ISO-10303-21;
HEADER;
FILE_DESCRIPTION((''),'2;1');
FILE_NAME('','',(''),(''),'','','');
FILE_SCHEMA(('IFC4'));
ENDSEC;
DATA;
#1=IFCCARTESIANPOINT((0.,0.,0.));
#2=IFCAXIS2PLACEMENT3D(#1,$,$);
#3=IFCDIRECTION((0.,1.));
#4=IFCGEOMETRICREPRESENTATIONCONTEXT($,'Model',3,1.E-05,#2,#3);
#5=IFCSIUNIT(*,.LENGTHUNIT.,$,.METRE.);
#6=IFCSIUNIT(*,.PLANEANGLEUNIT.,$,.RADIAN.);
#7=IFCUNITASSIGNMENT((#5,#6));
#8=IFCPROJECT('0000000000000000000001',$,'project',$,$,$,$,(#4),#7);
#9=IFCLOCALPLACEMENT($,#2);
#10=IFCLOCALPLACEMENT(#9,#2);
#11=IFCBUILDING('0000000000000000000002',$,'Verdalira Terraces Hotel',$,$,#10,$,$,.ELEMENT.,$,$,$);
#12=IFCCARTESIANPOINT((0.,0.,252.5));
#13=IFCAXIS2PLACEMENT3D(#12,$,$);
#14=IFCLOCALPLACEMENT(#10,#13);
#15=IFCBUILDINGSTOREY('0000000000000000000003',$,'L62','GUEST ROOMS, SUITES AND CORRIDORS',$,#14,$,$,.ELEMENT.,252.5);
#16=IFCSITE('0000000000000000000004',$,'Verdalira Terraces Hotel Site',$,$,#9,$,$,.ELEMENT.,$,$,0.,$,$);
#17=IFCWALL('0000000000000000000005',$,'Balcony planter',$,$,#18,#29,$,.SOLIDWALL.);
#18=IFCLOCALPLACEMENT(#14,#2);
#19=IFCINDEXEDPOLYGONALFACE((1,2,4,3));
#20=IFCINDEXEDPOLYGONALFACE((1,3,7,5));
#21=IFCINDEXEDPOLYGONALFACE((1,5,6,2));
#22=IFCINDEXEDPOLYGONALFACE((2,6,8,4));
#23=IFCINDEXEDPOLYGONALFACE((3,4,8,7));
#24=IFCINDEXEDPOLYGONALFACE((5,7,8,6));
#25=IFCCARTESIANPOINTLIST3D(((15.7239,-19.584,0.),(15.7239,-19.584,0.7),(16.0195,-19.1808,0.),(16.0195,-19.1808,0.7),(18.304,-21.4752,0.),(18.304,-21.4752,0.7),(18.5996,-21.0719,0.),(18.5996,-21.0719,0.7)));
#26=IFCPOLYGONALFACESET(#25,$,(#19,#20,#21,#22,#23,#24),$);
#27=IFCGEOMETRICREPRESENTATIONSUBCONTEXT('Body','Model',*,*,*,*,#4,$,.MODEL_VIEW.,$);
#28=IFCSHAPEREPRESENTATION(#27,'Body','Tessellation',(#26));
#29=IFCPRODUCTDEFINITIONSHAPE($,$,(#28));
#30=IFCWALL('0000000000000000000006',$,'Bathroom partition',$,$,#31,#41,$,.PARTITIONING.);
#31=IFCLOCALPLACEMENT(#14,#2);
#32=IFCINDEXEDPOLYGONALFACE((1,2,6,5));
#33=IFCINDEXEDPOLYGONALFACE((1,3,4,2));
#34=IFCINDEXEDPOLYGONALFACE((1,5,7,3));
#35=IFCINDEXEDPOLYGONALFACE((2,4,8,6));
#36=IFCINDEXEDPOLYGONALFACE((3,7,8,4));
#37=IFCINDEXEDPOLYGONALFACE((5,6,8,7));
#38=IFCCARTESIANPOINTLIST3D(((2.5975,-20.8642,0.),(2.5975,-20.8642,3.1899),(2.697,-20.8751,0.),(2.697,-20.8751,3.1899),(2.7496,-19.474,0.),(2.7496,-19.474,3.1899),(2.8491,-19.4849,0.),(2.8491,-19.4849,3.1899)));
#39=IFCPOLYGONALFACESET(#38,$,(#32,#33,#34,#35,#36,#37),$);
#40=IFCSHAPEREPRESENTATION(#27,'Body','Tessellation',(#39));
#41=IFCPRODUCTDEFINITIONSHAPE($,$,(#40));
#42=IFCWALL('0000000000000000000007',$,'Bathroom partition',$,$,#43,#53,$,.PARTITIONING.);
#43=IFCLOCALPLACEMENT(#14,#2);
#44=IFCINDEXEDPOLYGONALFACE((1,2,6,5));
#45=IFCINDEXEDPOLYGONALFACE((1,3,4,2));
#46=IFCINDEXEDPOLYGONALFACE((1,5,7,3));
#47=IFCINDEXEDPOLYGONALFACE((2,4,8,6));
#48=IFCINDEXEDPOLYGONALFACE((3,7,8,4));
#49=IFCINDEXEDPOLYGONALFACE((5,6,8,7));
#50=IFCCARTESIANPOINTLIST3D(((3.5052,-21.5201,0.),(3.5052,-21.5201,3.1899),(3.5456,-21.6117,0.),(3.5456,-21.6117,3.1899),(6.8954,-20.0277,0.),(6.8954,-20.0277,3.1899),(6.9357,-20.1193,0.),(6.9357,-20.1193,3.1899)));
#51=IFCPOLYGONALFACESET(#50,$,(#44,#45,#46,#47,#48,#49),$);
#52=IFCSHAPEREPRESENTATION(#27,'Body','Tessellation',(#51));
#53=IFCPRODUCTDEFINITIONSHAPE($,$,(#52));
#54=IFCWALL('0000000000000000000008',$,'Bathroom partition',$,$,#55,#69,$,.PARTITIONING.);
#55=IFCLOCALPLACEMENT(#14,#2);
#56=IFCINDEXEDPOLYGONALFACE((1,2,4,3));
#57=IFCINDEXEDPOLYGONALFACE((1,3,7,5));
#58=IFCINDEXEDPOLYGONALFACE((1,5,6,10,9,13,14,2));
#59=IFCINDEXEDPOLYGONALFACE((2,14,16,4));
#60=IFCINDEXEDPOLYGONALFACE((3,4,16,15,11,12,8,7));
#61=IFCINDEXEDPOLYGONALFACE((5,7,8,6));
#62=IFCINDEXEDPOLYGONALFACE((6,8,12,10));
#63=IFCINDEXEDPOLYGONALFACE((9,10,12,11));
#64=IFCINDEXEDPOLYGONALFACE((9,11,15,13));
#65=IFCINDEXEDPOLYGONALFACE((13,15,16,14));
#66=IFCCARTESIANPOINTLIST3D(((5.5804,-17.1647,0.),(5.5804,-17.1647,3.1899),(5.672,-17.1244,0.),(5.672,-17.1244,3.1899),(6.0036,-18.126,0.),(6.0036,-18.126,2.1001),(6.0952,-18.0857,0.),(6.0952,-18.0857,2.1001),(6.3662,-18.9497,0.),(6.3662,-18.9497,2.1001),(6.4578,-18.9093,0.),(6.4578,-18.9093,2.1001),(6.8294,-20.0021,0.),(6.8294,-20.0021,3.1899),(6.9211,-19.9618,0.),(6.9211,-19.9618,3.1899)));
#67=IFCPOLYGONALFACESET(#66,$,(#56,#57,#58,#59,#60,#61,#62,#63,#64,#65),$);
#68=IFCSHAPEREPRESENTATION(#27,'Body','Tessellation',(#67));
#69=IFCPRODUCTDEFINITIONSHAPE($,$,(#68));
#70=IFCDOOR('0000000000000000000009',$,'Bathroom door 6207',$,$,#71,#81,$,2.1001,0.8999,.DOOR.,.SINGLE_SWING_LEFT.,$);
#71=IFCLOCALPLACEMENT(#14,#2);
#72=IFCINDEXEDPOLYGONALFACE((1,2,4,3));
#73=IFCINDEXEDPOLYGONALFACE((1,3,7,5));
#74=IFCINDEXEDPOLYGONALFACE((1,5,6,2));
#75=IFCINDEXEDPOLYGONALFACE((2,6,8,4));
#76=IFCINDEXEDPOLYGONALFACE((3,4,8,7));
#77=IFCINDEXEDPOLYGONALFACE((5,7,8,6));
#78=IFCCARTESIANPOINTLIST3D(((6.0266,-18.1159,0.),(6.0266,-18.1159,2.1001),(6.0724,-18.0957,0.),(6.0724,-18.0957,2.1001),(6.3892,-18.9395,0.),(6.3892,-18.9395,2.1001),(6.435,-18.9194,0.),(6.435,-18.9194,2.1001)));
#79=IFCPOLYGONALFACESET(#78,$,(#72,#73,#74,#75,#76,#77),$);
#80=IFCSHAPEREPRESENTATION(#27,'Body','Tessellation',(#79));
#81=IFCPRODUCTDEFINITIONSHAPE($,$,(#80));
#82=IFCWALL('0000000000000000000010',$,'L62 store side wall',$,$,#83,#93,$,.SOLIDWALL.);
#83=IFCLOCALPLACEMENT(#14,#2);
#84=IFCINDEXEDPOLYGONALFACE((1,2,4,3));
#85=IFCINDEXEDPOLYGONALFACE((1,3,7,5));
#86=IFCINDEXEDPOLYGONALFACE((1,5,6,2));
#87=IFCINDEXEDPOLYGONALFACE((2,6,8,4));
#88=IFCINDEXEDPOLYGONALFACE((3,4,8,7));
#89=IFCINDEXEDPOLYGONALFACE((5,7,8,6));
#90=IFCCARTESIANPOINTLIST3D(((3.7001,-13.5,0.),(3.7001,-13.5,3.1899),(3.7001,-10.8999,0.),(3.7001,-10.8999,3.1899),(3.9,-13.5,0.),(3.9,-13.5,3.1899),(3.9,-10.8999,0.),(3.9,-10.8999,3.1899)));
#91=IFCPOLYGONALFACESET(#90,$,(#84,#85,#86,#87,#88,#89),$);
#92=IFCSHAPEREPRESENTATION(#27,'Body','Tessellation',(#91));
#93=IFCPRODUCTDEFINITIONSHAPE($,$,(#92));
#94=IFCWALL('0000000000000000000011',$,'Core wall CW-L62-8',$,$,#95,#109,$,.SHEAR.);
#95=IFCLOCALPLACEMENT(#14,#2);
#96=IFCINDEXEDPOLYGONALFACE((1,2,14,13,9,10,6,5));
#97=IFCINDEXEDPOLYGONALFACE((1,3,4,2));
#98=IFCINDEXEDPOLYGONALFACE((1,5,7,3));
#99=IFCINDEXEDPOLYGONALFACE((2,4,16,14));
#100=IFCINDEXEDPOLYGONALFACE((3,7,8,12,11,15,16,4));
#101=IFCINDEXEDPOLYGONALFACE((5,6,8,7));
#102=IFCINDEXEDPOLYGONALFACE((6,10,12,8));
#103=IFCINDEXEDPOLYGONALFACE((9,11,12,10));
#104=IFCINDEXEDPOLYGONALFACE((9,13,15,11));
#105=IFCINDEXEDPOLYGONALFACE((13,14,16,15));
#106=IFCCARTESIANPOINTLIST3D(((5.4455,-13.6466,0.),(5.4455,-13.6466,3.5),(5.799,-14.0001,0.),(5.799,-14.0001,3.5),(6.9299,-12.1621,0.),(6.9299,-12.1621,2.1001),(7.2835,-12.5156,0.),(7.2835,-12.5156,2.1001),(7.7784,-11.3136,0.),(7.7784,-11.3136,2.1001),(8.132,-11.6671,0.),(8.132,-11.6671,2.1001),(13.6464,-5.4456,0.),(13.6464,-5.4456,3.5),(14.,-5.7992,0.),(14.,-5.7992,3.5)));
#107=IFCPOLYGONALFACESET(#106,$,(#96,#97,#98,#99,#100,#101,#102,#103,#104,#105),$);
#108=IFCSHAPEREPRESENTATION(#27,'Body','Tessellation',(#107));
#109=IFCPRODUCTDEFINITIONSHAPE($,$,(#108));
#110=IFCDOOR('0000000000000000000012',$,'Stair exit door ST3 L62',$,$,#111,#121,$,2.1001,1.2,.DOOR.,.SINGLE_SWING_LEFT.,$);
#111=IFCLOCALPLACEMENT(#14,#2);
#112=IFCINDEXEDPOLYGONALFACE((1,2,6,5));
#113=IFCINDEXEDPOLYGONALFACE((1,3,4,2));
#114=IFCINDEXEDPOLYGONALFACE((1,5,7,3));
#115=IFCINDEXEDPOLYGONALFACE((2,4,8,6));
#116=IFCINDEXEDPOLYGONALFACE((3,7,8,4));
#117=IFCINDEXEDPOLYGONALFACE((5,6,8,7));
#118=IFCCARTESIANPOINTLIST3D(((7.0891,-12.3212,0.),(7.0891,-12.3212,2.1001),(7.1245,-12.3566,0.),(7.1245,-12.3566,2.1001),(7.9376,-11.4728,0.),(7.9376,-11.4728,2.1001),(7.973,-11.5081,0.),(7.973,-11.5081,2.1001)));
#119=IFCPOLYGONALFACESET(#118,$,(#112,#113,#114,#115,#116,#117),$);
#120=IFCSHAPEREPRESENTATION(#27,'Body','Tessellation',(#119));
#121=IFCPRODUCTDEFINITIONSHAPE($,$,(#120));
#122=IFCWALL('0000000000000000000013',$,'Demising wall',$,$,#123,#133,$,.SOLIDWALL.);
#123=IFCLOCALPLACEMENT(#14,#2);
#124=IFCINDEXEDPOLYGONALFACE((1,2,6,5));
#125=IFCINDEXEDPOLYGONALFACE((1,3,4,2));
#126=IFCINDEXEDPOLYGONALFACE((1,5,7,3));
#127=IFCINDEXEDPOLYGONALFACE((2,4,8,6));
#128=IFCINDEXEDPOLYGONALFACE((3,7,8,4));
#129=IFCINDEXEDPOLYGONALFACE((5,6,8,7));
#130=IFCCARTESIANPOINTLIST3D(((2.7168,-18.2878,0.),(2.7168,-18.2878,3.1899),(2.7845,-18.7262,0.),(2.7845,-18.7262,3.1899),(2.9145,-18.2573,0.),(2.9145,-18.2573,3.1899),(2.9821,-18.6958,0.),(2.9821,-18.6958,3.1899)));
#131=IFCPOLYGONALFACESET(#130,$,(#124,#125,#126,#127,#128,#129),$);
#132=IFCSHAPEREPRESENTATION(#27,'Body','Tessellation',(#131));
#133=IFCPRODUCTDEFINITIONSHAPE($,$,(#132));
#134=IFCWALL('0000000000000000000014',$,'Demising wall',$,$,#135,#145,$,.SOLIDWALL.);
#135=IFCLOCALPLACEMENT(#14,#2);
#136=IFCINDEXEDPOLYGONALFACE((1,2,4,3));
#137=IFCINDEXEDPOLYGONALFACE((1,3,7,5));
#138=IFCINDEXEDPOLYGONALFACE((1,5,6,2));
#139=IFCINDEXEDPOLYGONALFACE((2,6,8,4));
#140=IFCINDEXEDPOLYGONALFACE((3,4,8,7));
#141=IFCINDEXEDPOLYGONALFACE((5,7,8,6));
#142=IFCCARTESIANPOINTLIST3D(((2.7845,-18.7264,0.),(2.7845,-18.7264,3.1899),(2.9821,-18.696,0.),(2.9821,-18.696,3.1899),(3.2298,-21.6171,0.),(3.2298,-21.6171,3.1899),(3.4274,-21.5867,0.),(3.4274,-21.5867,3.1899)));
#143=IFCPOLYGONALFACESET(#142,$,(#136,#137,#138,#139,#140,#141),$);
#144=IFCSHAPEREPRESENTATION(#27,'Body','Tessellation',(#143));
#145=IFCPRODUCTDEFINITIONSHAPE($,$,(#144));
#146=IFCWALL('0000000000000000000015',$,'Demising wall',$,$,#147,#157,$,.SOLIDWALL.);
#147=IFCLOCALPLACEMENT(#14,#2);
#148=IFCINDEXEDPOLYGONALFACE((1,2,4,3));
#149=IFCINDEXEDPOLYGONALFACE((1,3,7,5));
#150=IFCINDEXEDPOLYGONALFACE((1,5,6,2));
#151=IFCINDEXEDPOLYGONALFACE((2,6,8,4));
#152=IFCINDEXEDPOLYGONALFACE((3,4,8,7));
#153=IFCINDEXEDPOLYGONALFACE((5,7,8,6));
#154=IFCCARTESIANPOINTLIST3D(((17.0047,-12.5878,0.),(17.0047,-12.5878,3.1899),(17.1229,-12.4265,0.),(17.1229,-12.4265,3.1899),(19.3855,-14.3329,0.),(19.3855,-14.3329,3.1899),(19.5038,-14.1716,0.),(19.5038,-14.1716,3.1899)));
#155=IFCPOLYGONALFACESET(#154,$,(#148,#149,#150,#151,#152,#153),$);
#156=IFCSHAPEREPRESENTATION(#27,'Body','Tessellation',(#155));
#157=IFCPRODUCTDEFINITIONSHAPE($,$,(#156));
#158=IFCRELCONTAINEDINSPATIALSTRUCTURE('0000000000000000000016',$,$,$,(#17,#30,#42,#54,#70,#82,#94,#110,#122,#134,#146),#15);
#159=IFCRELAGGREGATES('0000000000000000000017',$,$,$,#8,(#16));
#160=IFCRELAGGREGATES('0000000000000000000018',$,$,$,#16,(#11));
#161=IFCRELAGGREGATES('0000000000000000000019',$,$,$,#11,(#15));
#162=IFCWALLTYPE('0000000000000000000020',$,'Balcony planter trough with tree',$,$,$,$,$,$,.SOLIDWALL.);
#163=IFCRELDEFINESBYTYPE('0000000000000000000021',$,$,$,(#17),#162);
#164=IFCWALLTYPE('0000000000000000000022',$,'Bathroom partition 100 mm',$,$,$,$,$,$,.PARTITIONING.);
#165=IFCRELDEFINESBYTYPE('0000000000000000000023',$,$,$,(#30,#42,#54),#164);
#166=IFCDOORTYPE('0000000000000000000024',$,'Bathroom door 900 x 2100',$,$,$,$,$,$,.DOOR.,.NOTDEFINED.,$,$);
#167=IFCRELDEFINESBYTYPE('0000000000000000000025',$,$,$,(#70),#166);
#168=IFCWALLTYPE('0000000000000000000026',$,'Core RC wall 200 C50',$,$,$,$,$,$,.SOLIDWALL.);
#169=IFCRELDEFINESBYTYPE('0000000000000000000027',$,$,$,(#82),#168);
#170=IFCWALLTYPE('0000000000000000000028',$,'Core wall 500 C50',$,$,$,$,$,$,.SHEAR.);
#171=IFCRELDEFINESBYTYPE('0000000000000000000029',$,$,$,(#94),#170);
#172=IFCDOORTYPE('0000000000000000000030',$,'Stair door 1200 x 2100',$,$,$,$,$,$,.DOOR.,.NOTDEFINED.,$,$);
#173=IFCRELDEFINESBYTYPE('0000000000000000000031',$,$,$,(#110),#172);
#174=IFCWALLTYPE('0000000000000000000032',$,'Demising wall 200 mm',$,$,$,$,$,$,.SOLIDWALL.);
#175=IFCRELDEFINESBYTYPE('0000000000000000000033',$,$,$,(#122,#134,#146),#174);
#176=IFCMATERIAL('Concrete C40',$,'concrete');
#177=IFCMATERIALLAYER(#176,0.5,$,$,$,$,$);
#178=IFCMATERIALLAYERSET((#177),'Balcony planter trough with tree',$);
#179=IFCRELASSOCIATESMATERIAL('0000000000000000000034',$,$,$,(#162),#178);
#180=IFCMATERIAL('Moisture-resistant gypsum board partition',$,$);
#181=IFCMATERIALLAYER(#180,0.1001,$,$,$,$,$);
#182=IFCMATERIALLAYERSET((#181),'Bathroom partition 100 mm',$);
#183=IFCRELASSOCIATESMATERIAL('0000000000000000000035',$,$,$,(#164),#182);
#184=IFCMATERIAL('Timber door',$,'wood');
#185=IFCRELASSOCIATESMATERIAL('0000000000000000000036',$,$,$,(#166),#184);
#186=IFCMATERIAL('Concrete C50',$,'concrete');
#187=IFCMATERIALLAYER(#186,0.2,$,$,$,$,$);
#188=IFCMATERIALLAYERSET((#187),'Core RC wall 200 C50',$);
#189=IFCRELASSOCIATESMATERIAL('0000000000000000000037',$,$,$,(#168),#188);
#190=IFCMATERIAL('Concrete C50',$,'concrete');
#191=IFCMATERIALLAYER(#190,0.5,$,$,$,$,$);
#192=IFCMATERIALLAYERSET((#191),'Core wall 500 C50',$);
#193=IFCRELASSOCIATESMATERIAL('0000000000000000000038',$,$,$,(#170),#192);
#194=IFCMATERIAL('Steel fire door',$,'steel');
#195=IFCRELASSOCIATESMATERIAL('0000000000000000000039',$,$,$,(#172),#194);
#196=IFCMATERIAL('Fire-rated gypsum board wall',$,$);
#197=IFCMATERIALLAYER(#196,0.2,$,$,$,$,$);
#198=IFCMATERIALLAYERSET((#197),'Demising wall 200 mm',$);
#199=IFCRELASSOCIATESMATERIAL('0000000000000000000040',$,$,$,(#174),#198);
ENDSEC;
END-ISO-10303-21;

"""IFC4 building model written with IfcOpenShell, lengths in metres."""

from ifc_helpers import new_model, si_unit, direction, frame, frame_2d, origin, place, context, subcontext, project, spatial, rectangle, extrude, material, layer, layer_set, type_object, element, fill, save


model = new_model("IFC4")

# Units and contexts
model_context = context("Model", 3, precision=1e-05, world=origin(), true_north=direction((0.0, 1.0)))
body_context = subcontext(model_context, "Body", "Model", "MODEL_VIEW")
ifc_project = project(units=[si_unit("LENGTHUNIT", "METRE"), si_unit("PLANEANGLEUNIT", "RADIAN")], contexts=[model_context])

# Site, building, storey
site_placement = place(None, origin())
site = spatial("IfcSite", under=ifc_project, at=site_placement, Name="Verdalira Terraces Hotel Site", CompositionType="ELEMENT", RefElevation=0.0)
building_placement = place(site_placement, origin())
building = spatial("IfcBuilding", under=site, at=building_placement, Name="Verdalira Terraces Hotel", CompositionType="ELEMENT")
storey_placement = place(building_placement, frame((0.0, 0.0, 252.5)))
storey = spatial("IfcBuildingStorey", under=building, at=storey_placement, Name="L62", Description="GUEST ROOMS, SUITES AND CORRIDORS", CompositionType="ELEMENT", Elevation=252.5)

# Walls
ifc_material_1 = material(Name="Concrete C40", Category="concrete")
ifc_layer_1 = layer(ifc_material_1, 0.5)
ifc_layer_set_1 = layer_set([ifc_layer_1], Name="Balcony planter trough with tree")
wall_type_1 = type_object("IfcWallType", Name="Balcony planter trough with tree", PredefinedType="SOLIDWALL", material=ifc_layer_set_1)
wall_1_placement = place(storey_placement, frame((15.8716, -19.3823, 0.0), z_axis=(0.0, 0.0, 1.0), x_axis=(0.806546, -0.591172, 0.0)))
element("IfcWall", 1, at=wall_1_placement, inside=storey, type_object=wall_type_1, Name="Balcony planter", PredefinedType="SOLIDWALL", context=body_context, shape_type="SweptSolid", body=[
    extrude(rectangle(XDim=3.199, YDim=0.5, at=frame_2d((1.5996, 0.0))), origin(), (0.0, 0.0, 1.0), 0.7),
])
ifc_material_2 = material(Name="Moisture-resistant gypsum board partition")
ifc_layer_2 = layer(ifc_material_2, 0.1001)
ifc_layer_set_2 = layer_set([ifc_layer_2], Name="Bathroom partition 100 mm")
wall_type_2 = type_object("IfcWallType", Name="Bathroom partition 100 mm", PredefinedType="PARTITIONING", material=ifc_layer_set_2)
wall_2_placement = place(storey_placement, frame((2.7993, -19.4795, 0.0), z_axis=(0.0, 0.0, 1.0), x_axis=(-0.108764, -0.994068, 0.0)))
element("IfcWall", 2, at=wall_2_placement, inside=storey, type_object=wall_type_2, Name="Bathroom partition", PredefinedType="PARTITIONING", context=body_context, shape_type="SweptSolid", body=[
    extrude(rectangle(XDim=1.3984, YDim=0.1001, at=frame_2d((0.6992, 0.0))), origin(), (0.0, 0.0, 1.0), 3.1899),
])
wall_3_placement = place(storey_placement, frame((6.9155, -20.0735, 0.0), z_axis=(0.0, 0.0, 1.0), x_axis=(-0.915238, -0.402913, 0.0)))
element("IfcWall", 3, at=wall_3_placement, inside=storey, type_object=wall_type_2, Name="Bathroom partition", PredefinedType="PARTITIONING", context=body_context, shape_type="SweptSolid", body=[
    extrude(rectangle(XDim=3.7041, YDim=0.1001, at=frame_2d((1.8521, 0.0))), origin(), (0.0, 0.0, 1.0), 3.1899),
])

# Wall, opening, door
wall_4_placement = place(storey_placement, frame((6.8752, -19.9819, 0.0), z_axis=(0.0, 0.0, 1.0), x_axis=(-0.402892, 0.915248, 0.0)))
wall_4 = element("IfcWall", 4, at=wall_4_placement, inside=storey, type_object=wall_type_2, Name="Bathroom partition", PredefinedType="PARTITIONING", context=body_context, shape_type="SweptSolid", body=[
    extrude(rectangle(XDim=3.1001, YDim=0.1001, at=frame_2d((1.55, 0.0))), origin(), (0.0, 0.0, 1.0), 3.1899),
])
opening_1_placement = place(wall_4_placement, frame((1.1499, 0.0, 0.0)))
opening_1 = element("IfcOpeningElement", 5, at=opening_1_placement, cuts=wall_4, PredefinedType="OPENING", context=body_context, shape_type="SweptSolid", body=[
    extrude(rectangle(XDim=0.8999, YDim=2.1001, at=frame_2d((0.45, 1.05))), frame((0.0, 0.0601, 0.0), z_axis=(0.0, -1.0, 0.0), x_axis=(1.0, 0.0, 0.0)), (0.0, 0.0, 1.0), 0.1201),
])
ifc_material_3 = material(Name="Timber door", Category="wood")
door_type_1 = type_object("IfcDoorType", Name="Bathroom door 900 x 2100", OperationType="NOTDEFINED", PredefinedType="DOOR", material=ifc_material_3)
door_1_placement = place(opening_1_placement, origin())
door_1 = element("IfcDoor", 6, at=door_1_placement, inside=storey, type_object=door_type_1, Name="Bathroom door 6207", OperationType="SINGLE_SWING_LEFT", OverallHeight=2.1001, OverallWidth=0.8999, PredefinedType="DOOR", context=body_context, shape_type="SweptSolid", body=[
    extrude(rectangle(XDim=0.8999, YDim=2.1001, at=frame_2d((0.45, 1.05))), frame((0.0, 0.0249, 0.0), z_axis=(0.0, -1.0, 0.0), x_axis=(1.0, 0.0, 0.0)), (0.0, 0.0, 1.0), 0.05),
])
fill(opening_1, door_1)

# Wall
ifc_material_4 = material(Name="Concrete C50", Category="concrete")
ifc_layer_3 = layer(ifc_material_4, 0.2)
ifc_layer_set_3 = layer_set([ifc_layer_3], Name="Core RC wall 200 C50")
wall_type_3 = type_object("IfcWallType", Name="Core RC wall 200 C50", PredefinedType="SOLIDWALL", material=ifc_layer_set_3)
wall_5_placement = place(storey_placement, frame((3.8, -10.8999, 0.0), z_axis=(0.0, 0.0, 1.0), x_axis=(0.0, -1.0, 0.0)))
element("IfcWall", 7, at=wall_5_placement, inside=storey, type_object=wall_type_3, Name="L62 store side wall", PredefinedType="SOLIDWALL", context=body_context, shape_type="SweptSolid", body=[
    extrude(rectangle(XDim=2.6001, YDim=0.2, at=frame_2d((1.3, 0.0))), origin(), (0.0, 0.0, 1.0), 3.1899),
])

# Wall, opening, door
ifc_material_5 = material(Name="Concrete C50", Category="concrete")
ifc_layer_4 = layer(ifc_material_5, 0.5)
ifc_layer_set_4 = layer_set([ifc_layer_4], Name="Core wall 500 C50")
wall_type_4 = type_object("IfcWallType", Name="Core wall 500 C50", PredefinedType="SHEAR", material=ifc_layer_set_4)
wall_6_placement = place(storey_placement, frame((5.6223, -13.8232, 0.0), z_axis=(0.0, 0.0, 1.0), x_axis=(0.707107, 0.707107, 0.0)))
wall_6 = element("IfcWall", 8, at=wall_6_placement, inside=storey, type_object=wall_type_4, Name="Core wall CW-L62-8", PredefinedType="SHEAR", context=body_context, shape_type="SweptSolid", body=[
    extrude(rectangle(XDim=11.5979, YDim=0.5, at=frame_2d((5.7988, 0.0))), origin(), (0.0, 0.0, 1.0), 3.5),
])
opening_2_placement = place(wall_6_placement, frame((2.0991, 0.0, 0.0)))
opening_2 = element("IfcOpeningElement", 9, at=opening_2_placement, cuts=wall_6, PredefinedType="OPENING", context=body_context, shape_type="SweptSolid", body=[
    extrude(rectangle(XDim=1.2, YDim=2.1001, at=frame_2d((0.6001, 1.05))), frame((0.0, 0.26, 0.0), z_axis=(0.0, -1.0, 0.0), x_axis=(1.0, 0.0, 0.0)), (0.0, 0.0, 1.0), 0.52),
])
ifc_material_6 = material(Name="Steel fire door", Category="steel")
door_type_2 = type_object("IfcDoorType", Name="Stair door 1200 x 2100", OperationType="NOTDEFINED", PredefinedType="DOOR", material=ifc_material_6)
door_2_placement = place(opening_2_placement, origin())
door_2 = element("IfcDoor", 10, at=door_2_placement, inside=storey, type_object=door_type_2, Name="Stair exit door ST3 L62", OperationType="SINGLE_SWING_LEFT", OverallHeight=2.1001, OverallWidth=1.2, PredefinedType="DOOR", context=body_context, shape_type="SweptSolid", body=[
    extrude(rectangle(XDim=1.2, YDim=2.1001, at=frame_2d((0.6001, 1.05))), frame((0.0, 0.0249, 0.0), z_axis=(0.0, -1.0, 0.0), x_axis=(1.0, 0.0, 0.0)), (0.0, 0.0, 1.0), 0.05),
])
fill(opening_2, door_2)

# Walls
ifc_material_7 = material(Name="Fire-rated gypsum board wall")
ifc_layer_5 = layer(ifc_material_7, 0.2)
ifc_layer_set_5 = layer_set([ifc_layer_5], Name="Demising wall 200 mm")
wall_type_5 = type_object("IfcWallType", Name="Demising wall 200 mm", PredefinedType="SOLIDWALL", material=ifc_layer_set_5)
wall_7_placement = place(storey_placement, frame((2.8157, -18.2727, 0.0), z_axis=(0.0, 0.0, 1.0), x_axis=(0.152429, -0.988314, 0.0)))
element("IfcWall", 11, at=wall_7_placement, inside=storey, type_object=wall_type_5, Name="Demising wall", PredefinedType="SOLIDWALL", context=body_context, shape_type="SweptSolid", body=[
    extrude(rectangle(XDim=0.4436, YDim=0.2, at=frame_2d((0.2217, 0.0))), origin(), (0.0, 0.0, 1.0), 3.1899),
])
wall_8_placement = place(storey_placement, frame((2.8833, -18.7112, 0.0), z_axis=(0.0, 0.0, 1.0), x_axis=(0.152258, -0.988341, 0.0)))
element("IfcWall", 12, at=wall_8_placement, inside=storey, type_object=wall_type_5, Name="Demising wall", PredefinedType="SOLIDWALL", context=body_context, shape_type="SweptSolid", body=[
    extrude(rectangle(XDim=2.9248, YDim=0.2, at=frame_2d((1.4624, 0.0))), origin(), (0.0, 0.0, 1.0), 3.1899),
])
wall_9_placement = place(storey_placement, frame((17.0637, -12.5071, 0.0), z_axis=(0.0, 0.0, 1.0), x_axis=(0.806542, -0.591177, 0.0)))
element("IfcWall", 13, at=wall_9_placement, inside=storey, type_object=wall_type_5, Name="Demising wall", PredefinedType="SOLIDWALL", context=body_context, shape_type="SweptSolid", body=[
    extrude(rectangle(XDim=2.9519, YDim=0.2, at=frame_2d((1.4761, 0.0))), origin(), (0.0, 0.0, 1.0), 3.1899),
])

save(model, "model.ifc")
